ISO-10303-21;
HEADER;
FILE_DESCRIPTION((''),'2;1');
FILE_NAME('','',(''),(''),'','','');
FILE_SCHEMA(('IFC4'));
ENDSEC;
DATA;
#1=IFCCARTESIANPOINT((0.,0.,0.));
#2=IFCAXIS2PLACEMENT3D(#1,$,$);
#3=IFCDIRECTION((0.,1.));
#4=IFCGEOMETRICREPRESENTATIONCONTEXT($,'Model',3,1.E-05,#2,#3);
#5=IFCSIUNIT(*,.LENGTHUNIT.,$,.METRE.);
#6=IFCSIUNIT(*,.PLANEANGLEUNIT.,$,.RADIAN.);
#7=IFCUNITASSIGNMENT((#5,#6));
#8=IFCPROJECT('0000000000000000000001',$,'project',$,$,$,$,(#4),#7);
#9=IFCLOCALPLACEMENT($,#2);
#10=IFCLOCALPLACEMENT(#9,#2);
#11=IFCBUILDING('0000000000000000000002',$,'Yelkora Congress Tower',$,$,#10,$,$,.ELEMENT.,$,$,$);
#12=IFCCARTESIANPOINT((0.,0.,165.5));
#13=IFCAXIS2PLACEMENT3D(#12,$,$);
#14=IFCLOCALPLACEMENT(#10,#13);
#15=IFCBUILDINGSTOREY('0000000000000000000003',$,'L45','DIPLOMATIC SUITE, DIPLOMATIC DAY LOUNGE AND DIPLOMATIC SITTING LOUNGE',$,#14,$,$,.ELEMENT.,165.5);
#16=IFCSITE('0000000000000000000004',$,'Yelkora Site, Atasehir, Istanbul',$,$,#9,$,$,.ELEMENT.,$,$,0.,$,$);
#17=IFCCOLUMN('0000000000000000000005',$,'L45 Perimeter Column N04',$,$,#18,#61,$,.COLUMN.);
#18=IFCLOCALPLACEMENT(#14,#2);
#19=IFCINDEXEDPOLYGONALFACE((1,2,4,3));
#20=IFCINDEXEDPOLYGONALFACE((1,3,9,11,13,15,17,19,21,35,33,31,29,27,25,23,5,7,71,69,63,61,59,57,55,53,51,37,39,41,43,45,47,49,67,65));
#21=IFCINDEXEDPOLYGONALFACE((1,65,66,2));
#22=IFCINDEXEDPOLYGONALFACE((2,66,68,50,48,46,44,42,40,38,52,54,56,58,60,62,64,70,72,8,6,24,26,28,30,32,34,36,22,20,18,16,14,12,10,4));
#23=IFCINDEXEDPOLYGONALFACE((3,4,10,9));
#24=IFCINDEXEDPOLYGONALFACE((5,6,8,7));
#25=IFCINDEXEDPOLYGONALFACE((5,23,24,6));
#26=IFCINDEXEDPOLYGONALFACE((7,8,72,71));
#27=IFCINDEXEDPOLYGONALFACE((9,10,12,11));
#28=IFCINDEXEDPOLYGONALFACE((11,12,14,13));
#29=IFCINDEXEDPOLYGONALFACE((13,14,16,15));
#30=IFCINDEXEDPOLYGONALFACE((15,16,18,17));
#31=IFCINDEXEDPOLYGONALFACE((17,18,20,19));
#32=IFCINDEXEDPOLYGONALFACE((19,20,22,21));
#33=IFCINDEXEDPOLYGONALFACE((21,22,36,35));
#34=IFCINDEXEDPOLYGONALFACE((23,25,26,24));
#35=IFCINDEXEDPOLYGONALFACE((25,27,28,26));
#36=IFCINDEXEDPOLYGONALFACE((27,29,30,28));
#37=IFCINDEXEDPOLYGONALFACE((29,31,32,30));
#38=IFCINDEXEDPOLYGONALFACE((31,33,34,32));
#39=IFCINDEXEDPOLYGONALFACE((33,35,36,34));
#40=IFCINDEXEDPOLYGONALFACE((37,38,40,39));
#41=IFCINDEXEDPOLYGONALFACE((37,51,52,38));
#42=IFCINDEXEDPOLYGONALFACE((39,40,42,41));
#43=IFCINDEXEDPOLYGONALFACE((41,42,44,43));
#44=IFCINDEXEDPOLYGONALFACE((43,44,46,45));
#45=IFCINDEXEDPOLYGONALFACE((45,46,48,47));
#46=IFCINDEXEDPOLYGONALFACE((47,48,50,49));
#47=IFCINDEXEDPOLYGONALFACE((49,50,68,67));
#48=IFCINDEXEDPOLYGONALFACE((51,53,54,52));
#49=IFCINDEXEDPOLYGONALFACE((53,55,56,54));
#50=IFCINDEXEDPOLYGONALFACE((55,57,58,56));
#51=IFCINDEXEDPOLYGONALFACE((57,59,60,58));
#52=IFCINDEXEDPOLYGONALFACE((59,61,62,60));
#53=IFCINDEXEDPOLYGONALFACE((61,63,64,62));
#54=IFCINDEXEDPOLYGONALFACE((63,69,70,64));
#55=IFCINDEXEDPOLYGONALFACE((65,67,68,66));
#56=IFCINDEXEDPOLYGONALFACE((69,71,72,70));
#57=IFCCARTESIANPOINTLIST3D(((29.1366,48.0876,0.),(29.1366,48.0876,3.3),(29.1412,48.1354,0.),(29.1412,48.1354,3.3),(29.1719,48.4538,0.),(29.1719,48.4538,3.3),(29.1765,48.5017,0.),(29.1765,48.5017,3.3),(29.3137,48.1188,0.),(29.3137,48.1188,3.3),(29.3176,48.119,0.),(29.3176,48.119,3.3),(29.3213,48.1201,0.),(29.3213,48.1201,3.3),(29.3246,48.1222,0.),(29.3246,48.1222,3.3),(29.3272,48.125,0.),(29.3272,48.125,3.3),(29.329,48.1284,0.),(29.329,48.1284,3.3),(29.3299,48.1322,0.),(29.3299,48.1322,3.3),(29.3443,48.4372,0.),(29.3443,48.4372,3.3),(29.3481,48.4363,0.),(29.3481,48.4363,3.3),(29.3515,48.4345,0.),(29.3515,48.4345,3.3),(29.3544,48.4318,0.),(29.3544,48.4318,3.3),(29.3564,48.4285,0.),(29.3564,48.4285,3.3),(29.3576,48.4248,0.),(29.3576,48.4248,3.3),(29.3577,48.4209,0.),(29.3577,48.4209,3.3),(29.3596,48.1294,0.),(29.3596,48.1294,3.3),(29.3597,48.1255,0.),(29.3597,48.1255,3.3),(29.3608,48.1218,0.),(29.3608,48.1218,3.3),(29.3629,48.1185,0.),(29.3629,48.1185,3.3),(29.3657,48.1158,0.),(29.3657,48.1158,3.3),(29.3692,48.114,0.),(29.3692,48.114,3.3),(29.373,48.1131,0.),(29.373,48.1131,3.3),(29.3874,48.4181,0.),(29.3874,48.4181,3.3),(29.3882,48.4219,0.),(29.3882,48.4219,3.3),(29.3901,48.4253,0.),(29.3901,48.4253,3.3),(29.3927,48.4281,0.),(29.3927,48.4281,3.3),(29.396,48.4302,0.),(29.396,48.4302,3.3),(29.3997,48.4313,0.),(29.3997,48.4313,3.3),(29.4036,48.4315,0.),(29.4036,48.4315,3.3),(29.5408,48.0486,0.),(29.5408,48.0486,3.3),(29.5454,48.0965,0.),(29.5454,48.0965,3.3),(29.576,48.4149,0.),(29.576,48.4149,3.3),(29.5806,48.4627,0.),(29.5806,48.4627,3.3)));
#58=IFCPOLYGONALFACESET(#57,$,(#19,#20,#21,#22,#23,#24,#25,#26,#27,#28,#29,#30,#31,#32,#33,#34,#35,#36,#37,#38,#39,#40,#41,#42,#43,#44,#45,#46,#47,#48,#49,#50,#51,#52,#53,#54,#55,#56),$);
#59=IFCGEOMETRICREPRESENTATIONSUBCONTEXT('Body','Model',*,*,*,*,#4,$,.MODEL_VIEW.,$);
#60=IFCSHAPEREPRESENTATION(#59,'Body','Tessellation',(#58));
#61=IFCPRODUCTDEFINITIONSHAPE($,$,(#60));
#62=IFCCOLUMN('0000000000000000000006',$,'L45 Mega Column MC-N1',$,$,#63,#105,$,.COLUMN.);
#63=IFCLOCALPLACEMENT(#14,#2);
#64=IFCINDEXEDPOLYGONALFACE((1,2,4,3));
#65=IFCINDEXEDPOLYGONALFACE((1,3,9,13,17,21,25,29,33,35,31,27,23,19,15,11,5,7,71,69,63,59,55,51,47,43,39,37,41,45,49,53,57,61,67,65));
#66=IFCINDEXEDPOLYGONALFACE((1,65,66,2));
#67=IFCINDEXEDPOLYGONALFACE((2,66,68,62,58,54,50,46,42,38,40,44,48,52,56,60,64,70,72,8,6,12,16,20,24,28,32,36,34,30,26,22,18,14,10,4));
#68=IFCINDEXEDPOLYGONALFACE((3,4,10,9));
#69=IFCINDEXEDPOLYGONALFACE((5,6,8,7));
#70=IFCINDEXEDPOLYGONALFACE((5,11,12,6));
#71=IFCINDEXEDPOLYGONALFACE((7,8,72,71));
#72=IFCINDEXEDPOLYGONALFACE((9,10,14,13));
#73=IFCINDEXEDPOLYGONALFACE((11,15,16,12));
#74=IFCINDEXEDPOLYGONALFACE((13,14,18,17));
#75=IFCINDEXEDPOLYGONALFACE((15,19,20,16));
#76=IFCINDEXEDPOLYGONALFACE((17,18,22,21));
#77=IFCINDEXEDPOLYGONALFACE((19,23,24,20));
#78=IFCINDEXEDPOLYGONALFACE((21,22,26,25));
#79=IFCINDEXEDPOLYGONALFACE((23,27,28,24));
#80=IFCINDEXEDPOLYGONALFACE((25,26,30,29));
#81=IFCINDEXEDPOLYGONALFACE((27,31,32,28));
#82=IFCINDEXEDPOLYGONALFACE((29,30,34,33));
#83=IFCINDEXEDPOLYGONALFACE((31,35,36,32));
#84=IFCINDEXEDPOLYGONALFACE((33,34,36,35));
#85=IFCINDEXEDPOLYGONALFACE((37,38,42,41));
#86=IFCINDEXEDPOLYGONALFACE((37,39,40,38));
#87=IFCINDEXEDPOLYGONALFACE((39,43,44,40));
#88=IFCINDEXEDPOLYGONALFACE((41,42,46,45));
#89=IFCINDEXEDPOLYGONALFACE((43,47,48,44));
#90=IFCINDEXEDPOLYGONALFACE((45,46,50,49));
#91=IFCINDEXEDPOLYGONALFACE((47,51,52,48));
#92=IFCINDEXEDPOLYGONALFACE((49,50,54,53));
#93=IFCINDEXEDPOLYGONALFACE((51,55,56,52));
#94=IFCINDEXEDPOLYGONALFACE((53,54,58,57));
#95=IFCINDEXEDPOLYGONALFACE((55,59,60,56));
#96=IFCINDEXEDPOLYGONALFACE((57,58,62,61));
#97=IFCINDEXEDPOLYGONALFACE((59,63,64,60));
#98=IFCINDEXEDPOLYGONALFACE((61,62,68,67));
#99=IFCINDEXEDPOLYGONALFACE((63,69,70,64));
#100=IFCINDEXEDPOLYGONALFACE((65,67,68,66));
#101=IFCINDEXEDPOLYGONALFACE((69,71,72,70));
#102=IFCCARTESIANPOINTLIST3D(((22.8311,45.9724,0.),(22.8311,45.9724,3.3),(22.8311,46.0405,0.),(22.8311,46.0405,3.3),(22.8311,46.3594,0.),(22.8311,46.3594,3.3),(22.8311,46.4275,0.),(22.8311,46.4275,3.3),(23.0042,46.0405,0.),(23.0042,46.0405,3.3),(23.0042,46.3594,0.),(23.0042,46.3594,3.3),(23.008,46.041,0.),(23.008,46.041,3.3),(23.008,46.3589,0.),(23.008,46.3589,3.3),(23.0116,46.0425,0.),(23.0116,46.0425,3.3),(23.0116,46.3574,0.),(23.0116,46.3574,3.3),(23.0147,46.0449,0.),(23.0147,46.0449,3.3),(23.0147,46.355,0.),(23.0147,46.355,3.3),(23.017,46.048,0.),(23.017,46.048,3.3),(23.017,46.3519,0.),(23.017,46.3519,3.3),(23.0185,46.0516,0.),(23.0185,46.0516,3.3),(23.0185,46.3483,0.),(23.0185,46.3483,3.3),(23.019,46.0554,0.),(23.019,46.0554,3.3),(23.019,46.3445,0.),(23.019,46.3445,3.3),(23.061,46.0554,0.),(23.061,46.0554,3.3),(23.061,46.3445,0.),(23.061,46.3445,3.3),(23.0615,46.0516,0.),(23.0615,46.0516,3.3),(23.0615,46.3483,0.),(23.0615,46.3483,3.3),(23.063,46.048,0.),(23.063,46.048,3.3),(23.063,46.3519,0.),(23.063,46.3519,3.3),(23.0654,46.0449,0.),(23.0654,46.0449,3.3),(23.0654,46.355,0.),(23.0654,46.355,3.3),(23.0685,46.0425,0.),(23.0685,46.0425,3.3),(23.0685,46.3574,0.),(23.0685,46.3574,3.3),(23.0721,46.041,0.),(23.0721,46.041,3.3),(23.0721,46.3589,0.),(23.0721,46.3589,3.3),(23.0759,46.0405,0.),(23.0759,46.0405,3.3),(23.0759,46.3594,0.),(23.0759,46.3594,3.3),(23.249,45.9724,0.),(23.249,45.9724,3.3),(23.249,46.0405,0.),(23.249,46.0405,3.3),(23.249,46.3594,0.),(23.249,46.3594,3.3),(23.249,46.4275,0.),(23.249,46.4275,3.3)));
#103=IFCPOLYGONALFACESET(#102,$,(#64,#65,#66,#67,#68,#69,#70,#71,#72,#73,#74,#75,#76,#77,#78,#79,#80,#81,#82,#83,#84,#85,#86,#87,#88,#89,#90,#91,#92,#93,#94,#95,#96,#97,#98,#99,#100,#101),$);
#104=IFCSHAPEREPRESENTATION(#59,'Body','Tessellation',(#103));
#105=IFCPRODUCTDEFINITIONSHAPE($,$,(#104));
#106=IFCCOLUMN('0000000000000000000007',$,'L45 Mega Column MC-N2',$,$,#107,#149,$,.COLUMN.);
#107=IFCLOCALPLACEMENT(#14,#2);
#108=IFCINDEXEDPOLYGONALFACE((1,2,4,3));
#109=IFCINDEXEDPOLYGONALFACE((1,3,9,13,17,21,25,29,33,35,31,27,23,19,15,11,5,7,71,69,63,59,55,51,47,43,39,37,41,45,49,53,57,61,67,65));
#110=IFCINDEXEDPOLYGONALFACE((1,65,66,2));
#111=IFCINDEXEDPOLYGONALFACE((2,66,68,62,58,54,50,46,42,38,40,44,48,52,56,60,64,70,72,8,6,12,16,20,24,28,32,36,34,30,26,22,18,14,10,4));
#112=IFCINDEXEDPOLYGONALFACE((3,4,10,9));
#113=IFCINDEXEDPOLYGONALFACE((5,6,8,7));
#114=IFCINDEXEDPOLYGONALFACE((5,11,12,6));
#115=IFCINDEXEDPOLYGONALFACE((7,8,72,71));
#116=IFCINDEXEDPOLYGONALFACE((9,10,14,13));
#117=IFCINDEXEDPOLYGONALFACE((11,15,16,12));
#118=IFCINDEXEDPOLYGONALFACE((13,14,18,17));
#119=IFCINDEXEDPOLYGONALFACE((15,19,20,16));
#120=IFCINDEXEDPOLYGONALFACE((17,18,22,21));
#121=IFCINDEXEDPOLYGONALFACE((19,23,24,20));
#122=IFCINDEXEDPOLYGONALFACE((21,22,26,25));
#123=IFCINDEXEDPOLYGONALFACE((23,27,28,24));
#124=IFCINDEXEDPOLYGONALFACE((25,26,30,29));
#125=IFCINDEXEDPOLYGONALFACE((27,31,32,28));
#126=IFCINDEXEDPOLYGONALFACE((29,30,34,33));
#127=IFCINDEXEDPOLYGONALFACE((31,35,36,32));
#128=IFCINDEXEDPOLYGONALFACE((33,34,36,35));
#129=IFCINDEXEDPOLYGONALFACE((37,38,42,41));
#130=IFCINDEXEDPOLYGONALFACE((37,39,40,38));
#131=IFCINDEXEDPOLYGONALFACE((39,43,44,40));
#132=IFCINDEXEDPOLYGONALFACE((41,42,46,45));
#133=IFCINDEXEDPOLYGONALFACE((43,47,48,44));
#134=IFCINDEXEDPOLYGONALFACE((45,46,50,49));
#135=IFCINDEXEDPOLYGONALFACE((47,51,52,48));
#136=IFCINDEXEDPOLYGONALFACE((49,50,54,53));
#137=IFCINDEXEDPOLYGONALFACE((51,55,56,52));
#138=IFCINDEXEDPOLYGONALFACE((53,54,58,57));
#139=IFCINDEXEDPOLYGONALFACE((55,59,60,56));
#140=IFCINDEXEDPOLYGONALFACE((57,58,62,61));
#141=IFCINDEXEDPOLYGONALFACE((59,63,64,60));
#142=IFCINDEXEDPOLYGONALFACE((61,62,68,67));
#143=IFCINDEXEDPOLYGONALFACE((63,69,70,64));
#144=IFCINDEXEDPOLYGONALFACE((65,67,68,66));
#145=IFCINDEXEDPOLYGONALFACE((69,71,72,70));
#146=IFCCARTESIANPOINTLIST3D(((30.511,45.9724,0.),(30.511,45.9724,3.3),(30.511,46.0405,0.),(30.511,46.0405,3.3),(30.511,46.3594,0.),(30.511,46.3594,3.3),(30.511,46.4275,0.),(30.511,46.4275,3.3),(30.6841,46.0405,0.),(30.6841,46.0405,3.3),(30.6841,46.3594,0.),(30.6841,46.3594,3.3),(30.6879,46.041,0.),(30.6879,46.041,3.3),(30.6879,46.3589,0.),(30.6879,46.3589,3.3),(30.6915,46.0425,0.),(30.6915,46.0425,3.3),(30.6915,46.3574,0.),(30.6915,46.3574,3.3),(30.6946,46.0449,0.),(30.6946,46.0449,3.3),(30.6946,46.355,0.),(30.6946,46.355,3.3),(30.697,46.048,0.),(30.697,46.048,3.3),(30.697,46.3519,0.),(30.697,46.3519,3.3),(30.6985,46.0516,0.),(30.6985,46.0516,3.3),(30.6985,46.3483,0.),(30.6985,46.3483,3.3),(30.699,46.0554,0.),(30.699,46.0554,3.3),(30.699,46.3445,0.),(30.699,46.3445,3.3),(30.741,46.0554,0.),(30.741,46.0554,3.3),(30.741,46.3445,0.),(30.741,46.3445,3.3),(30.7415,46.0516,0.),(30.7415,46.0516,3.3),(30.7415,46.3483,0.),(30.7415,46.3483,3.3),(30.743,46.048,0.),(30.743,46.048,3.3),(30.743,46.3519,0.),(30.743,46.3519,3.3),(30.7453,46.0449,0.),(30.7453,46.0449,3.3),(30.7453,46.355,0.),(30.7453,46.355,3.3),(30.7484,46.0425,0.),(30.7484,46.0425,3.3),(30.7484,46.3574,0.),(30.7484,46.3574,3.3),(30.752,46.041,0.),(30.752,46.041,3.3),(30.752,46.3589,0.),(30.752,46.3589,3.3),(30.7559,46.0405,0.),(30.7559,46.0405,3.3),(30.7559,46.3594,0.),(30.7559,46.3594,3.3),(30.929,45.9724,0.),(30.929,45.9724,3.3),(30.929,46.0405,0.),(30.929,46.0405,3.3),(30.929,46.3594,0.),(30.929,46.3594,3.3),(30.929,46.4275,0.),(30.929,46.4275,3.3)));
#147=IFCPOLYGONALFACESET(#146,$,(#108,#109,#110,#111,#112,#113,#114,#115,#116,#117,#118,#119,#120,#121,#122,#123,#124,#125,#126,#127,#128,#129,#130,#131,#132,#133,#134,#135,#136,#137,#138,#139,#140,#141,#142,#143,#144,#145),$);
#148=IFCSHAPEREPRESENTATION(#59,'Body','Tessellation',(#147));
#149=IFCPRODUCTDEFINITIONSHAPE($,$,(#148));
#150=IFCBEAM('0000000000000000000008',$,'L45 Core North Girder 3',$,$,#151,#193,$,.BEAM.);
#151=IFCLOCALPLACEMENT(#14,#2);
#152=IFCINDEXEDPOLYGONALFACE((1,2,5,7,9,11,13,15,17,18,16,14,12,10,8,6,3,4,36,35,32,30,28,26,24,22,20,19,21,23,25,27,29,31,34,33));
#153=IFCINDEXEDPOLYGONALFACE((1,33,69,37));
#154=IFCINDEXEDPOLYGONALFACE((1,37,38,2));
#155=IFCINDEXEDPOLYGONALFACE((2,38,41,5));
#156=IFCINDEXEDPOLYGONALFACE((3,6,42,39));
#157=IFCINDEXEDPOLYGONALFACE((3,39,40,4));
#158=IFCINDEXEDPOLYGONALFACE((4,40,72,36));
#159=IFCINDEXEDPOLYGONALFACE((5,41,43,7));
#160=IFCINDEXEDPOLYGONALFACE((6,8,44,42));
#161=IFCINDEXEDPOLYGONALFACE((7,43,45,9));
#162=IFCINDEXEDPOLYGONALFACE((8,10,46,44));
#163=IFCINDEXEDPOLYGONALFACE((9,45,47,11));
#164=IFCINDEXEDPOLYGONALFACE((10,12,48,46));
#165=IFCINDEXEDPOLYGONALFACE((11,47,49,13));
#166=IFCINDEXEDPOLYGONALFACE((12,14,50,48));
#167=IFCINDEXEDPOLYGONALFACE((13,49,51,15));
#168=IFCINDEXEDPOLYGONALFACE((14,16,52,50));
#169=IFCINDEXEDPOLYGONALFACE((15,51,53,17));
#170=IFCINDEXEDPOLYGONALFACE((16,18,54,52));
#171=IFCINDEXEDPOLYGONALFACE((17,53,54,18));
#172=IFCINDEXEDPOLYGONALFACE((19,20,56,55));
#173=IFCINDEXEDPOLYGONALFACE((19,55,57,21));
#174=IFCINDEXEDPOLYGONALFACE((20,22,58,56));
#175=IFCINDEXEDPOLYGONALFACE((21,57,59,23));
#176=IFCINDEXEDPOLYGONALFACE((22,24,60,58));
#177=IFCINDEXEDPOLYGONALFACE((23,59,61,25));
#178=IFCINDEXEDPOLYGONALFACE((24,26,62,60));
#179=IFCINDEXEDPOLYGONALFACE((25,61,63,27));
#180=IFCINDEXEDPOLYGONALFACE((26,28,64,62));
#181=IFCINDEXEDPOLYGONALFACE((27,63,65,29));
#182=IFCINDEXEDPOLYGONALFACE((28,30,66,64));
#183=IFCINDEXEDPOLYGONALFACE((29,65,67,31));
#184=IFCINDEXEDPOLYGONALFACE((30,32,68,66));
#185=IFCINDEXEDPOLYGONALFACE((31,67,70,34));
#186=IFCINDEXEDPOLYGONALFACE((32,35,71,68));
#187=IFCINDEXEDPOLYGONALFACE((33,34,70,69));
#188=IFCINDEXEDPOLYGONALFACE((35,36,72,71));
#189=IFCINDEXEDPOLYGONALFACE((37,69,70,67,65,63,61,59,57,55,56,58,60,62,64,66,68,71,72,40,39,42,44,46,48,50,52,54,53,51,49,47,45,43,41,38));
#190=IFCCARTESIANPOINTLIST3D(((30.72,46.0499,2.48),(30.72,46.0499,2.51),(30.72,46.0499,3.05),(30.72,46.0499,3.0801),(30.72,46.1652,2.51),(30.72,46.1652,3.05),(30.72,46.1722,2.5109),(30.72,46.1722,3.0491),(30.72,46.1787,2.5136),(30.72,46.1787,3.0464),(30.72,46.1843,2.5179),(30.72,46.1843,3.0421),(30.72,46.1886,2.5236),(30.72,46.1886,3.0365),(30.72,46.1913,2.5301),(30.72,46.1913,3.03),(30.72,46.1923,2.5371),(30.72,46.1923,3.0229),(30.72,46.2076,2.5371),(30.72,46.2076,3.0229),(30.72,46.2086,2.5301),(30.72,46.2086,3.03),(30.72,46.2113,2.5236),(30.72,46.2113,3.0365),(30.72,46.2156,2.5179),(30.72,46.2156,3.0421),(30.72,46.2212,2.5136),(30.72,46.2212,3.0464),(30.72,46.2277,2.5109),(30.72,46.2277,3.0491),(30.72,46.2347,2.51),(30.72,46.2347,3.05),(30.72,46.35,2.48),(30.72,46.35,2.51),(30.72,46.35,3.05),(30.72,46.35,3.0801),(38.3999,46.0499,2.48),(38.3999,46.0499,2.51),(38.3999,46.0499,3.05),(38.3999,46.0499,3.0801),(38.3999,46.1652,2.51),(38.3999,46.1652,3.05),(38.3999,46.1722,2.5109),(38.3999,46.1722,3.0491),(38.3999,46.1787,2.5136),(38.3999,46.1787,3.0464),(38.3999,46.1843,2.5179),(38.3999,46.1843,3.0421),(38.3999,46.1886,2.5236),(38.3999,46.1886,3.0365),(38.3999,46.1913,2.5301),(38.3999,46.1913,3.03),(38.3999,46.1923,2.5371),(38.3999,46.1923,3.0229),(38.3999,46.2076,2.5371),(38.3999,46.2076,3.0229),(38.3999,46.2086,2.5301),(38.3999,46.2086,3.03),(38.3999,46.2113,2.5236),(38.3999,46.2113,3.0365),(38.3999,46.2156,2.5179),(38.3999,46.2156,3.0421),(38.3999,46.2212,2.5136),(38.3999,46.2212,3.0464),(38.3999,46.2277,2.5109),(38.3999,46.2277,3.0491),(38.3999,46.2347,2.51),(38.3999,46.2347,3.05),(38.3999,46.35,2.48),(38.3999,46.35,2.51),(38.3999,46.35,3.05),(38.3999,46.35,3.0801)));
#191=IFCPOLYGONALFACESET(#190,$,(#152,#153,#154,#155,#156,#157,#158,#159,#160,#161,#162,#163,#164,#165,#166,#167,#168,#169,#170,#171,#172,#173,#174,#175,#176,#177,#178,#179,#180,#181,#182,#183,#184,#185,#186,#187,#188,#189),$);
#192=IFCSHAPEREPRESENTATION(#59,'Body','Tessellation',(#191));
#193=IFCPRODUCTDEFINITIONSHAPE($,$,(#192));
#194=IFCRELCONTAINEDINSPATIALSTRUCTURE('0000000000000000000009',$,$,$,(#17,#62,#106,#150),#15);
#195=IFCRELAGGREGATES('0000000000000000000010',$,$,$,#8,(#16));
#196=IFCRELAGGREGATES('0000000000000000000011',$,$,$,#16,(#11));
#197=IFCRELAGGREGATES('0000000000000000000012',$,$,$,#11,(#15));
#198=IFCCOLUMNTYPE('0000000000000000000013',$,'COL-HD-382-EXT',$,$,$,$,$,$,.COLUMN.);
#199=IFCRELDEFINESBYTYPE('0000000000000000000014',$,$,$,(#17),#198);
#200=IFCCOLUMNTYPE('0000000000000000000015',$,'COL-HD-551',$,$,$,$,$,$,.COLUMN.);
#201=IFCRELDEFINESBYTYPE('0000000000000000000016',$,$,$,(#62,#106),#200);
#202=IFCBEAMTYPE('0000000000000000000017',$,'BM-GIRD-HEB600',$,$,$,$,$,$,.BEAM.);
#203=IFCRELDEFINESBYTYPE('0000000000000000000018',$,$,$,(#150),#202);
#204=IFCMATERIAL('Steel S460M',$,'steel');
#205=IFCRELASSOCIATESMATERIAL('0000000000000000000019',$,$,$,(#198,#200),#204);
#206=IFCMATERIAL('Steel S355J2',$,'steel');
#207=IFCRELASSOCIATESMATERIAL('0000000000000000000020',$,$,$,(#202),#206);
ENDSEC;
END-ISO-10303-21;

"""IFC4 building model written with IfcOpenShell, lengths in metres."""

from ifc_helpers import new_model, si_unit, direction, frame, origin, origin_2d, place, context, subcontext, project, spatial, i_section, extrude, material, material_profile, profile_set, type_object, element, save


model = new_model("IFC4")

# Units and contexts
model_context = context("Model", 3, precision=1e-05, world=origin(), true_north=direction((0.0, 1.0)))
body_context = subcontext(model_context, "Body", "Model", "MODEL_VIEW")
ifc_project = project(units=[si_unit("LENGTHUNIT", "METRE"), si_unit("PLANEANGLEUNIT", "RADIAN")], contexts=[model_context])

# Site, building, storey
site_placement = place(None, origin())
site = spatial("IfcSite", under=ifc_project, at=site_placement, Name="Yelkora Site, Atasehir, Istanbul", CompositionType="ELEMENT", RefElevation=0.0)
building_placement = place(site_placement, origin())
building = spatial("IfcBuilding", under=site, at=building_placement, Name="Yelkora Congress Tower", CompositionType="ELEMENT")
storey_placement = place(building_placement, frame((0.0, 0.0, 165.5)))
storey = spatial("IfcBuildingStorey", under=building, at=storey_placement, Name="L45", Description="DIPLOMATIC SUITE, DIPLOMATIC DAY LOUNGE AND DIPLOMATIC SITTING LOUNGE", CompositionType="ELEMENT", Elevation=165.5)

# Columns
ifc_material_1 = material(Name="Steel S460M", Category="steel")
ifc_material_profile_1 = material_profile(ifc_material_1, i_section(OverallWidth=0.406, OverallDepth=0.416, WebThickness=0.0298, FlangeThickness=0.0481, FilletRadius=0.0149, at=origin_2d()), Name="HD 400x382")
ifc_profile_set_1 = profile_set([ifc_material_profile_1], Name="Steel S460M")
column_type_1 = type_object("IfcColumnType", Name="COL-HD-382-EXT", PredefinedType="COLUMN", material=ifc_profile_set_1)
column_placement = place(storey_placement, frame((29.3586, 48.2751, 0.0), z_axis=(0.0, 0.0, 1.0), x_axis=(0.995396, -0.095846, 0.0)))
element("IfcColumn", 1, at=column_placement, inside=storey, type_object=column_type_1, Name="L45 Perimeter Column N04", PredefinedType="COLUMN", context=body_context, shape_type="SweptSolid", body=[
    extrude(i_section(OverallWidth=0.406, OverallDepth=0.416, WebThickness=0.0298, FlangeThickness=0.0481, FilletRadius=0.0149, at=origin_2d()), origin(), (0.0, 0.0, 1.0), 3.3),
])
ifc_material_profile_2 = material_profile(ifc_material_1, i_section(OverallWidth=0.418, OverallDepth=0.4551, WebThickness=0.042, FlangeThickness=0.0681, FilletRadius=0.0149, at=origin_2d()), Name="HD 400x551")
ifc_profile_set_2 = profile_set([ifc_material_profile_2], Name="Steel S460M")
column_type_2 = type_object("IfcColumnType", Name="COL-HD-551", PredefinedType="COLUMN", material=ifc_profile_set_2)
for number, where, z_axis, x_axis, name in (
    (2, (23.04, 46.2, 0.0), (0.0, 0.0, 1.0), (1.0, 0.0, 0.0), "L45 Mega Column MC-N1"),
    (3, (30.72, 46.2, 0.0), (0.0, 0.0, 1.0), (1.0, 0.0, 0.0), "L45 Mega Column MC-N2"),
):
    element("IfcColumn", number, at=place(storey_placement, frame(where, z_axis=z_axis, x_axis=x_axis)), inside=storey, type_object=column_type_2, Name=name, PredefinedType="COLUMN", context=body_context, shape_type="SweptSolid", body=[
        extrude(i_section(OverallWidth=0.418, OverallDepth=0.4551, WebThickness=0.042, FlangeThickness=0.0681, FilletRadius=0.0149, at=origin_2d()), origin(), (0.0, 0.0, 1.0), 3.3),
    ])

# Beam
ifc_material_2 = material(Name="Steel S355J2", Category="steel")
ifc_material_profile_3 = material_profile(ifc_material_2, i_section(OverallWidth=0.3, OverallDepth=0.6001, WebThickness=0.0154, FlangeThickness=0.03, FilletRadius=0.0271, at=origin_2d()), Name="HEB 600")
ifc_profile_set_3 = profile_set([ifc_material_profile_3], Name="Steel S355J2")
beam_type_1 = type_object("IfcBeamType", Name="BM-GIRD-HEB600", PredefinedType="BEAM", material=ifc_profile_set_3)
beam_1_placement = place(storey_placement, frame((30.72, 46.2, 2.78), z_axis=(1.0, 0.0, 0.0), x_axis=(0.0, 1.0, 0.0)))
element("IfcBeam", 4, at=beam_1_placement, inside=storey, type_object=beam_type_1, Name="L45 Core North Girder 3", PredefinedType="BEAM", context=body_context, shape_type="SweptSolid", body=[
    extrude(i_section(OverallWidth=0.3, OverallDepth=0.6001, WebThickness=0.0154, FlangeThickness=0.03, FilletRadius=0.0271, at=origin_2d()), origin(), (0.0, 0.0, 1.0), 7.6799),
])

save(model, "model.ifc")
